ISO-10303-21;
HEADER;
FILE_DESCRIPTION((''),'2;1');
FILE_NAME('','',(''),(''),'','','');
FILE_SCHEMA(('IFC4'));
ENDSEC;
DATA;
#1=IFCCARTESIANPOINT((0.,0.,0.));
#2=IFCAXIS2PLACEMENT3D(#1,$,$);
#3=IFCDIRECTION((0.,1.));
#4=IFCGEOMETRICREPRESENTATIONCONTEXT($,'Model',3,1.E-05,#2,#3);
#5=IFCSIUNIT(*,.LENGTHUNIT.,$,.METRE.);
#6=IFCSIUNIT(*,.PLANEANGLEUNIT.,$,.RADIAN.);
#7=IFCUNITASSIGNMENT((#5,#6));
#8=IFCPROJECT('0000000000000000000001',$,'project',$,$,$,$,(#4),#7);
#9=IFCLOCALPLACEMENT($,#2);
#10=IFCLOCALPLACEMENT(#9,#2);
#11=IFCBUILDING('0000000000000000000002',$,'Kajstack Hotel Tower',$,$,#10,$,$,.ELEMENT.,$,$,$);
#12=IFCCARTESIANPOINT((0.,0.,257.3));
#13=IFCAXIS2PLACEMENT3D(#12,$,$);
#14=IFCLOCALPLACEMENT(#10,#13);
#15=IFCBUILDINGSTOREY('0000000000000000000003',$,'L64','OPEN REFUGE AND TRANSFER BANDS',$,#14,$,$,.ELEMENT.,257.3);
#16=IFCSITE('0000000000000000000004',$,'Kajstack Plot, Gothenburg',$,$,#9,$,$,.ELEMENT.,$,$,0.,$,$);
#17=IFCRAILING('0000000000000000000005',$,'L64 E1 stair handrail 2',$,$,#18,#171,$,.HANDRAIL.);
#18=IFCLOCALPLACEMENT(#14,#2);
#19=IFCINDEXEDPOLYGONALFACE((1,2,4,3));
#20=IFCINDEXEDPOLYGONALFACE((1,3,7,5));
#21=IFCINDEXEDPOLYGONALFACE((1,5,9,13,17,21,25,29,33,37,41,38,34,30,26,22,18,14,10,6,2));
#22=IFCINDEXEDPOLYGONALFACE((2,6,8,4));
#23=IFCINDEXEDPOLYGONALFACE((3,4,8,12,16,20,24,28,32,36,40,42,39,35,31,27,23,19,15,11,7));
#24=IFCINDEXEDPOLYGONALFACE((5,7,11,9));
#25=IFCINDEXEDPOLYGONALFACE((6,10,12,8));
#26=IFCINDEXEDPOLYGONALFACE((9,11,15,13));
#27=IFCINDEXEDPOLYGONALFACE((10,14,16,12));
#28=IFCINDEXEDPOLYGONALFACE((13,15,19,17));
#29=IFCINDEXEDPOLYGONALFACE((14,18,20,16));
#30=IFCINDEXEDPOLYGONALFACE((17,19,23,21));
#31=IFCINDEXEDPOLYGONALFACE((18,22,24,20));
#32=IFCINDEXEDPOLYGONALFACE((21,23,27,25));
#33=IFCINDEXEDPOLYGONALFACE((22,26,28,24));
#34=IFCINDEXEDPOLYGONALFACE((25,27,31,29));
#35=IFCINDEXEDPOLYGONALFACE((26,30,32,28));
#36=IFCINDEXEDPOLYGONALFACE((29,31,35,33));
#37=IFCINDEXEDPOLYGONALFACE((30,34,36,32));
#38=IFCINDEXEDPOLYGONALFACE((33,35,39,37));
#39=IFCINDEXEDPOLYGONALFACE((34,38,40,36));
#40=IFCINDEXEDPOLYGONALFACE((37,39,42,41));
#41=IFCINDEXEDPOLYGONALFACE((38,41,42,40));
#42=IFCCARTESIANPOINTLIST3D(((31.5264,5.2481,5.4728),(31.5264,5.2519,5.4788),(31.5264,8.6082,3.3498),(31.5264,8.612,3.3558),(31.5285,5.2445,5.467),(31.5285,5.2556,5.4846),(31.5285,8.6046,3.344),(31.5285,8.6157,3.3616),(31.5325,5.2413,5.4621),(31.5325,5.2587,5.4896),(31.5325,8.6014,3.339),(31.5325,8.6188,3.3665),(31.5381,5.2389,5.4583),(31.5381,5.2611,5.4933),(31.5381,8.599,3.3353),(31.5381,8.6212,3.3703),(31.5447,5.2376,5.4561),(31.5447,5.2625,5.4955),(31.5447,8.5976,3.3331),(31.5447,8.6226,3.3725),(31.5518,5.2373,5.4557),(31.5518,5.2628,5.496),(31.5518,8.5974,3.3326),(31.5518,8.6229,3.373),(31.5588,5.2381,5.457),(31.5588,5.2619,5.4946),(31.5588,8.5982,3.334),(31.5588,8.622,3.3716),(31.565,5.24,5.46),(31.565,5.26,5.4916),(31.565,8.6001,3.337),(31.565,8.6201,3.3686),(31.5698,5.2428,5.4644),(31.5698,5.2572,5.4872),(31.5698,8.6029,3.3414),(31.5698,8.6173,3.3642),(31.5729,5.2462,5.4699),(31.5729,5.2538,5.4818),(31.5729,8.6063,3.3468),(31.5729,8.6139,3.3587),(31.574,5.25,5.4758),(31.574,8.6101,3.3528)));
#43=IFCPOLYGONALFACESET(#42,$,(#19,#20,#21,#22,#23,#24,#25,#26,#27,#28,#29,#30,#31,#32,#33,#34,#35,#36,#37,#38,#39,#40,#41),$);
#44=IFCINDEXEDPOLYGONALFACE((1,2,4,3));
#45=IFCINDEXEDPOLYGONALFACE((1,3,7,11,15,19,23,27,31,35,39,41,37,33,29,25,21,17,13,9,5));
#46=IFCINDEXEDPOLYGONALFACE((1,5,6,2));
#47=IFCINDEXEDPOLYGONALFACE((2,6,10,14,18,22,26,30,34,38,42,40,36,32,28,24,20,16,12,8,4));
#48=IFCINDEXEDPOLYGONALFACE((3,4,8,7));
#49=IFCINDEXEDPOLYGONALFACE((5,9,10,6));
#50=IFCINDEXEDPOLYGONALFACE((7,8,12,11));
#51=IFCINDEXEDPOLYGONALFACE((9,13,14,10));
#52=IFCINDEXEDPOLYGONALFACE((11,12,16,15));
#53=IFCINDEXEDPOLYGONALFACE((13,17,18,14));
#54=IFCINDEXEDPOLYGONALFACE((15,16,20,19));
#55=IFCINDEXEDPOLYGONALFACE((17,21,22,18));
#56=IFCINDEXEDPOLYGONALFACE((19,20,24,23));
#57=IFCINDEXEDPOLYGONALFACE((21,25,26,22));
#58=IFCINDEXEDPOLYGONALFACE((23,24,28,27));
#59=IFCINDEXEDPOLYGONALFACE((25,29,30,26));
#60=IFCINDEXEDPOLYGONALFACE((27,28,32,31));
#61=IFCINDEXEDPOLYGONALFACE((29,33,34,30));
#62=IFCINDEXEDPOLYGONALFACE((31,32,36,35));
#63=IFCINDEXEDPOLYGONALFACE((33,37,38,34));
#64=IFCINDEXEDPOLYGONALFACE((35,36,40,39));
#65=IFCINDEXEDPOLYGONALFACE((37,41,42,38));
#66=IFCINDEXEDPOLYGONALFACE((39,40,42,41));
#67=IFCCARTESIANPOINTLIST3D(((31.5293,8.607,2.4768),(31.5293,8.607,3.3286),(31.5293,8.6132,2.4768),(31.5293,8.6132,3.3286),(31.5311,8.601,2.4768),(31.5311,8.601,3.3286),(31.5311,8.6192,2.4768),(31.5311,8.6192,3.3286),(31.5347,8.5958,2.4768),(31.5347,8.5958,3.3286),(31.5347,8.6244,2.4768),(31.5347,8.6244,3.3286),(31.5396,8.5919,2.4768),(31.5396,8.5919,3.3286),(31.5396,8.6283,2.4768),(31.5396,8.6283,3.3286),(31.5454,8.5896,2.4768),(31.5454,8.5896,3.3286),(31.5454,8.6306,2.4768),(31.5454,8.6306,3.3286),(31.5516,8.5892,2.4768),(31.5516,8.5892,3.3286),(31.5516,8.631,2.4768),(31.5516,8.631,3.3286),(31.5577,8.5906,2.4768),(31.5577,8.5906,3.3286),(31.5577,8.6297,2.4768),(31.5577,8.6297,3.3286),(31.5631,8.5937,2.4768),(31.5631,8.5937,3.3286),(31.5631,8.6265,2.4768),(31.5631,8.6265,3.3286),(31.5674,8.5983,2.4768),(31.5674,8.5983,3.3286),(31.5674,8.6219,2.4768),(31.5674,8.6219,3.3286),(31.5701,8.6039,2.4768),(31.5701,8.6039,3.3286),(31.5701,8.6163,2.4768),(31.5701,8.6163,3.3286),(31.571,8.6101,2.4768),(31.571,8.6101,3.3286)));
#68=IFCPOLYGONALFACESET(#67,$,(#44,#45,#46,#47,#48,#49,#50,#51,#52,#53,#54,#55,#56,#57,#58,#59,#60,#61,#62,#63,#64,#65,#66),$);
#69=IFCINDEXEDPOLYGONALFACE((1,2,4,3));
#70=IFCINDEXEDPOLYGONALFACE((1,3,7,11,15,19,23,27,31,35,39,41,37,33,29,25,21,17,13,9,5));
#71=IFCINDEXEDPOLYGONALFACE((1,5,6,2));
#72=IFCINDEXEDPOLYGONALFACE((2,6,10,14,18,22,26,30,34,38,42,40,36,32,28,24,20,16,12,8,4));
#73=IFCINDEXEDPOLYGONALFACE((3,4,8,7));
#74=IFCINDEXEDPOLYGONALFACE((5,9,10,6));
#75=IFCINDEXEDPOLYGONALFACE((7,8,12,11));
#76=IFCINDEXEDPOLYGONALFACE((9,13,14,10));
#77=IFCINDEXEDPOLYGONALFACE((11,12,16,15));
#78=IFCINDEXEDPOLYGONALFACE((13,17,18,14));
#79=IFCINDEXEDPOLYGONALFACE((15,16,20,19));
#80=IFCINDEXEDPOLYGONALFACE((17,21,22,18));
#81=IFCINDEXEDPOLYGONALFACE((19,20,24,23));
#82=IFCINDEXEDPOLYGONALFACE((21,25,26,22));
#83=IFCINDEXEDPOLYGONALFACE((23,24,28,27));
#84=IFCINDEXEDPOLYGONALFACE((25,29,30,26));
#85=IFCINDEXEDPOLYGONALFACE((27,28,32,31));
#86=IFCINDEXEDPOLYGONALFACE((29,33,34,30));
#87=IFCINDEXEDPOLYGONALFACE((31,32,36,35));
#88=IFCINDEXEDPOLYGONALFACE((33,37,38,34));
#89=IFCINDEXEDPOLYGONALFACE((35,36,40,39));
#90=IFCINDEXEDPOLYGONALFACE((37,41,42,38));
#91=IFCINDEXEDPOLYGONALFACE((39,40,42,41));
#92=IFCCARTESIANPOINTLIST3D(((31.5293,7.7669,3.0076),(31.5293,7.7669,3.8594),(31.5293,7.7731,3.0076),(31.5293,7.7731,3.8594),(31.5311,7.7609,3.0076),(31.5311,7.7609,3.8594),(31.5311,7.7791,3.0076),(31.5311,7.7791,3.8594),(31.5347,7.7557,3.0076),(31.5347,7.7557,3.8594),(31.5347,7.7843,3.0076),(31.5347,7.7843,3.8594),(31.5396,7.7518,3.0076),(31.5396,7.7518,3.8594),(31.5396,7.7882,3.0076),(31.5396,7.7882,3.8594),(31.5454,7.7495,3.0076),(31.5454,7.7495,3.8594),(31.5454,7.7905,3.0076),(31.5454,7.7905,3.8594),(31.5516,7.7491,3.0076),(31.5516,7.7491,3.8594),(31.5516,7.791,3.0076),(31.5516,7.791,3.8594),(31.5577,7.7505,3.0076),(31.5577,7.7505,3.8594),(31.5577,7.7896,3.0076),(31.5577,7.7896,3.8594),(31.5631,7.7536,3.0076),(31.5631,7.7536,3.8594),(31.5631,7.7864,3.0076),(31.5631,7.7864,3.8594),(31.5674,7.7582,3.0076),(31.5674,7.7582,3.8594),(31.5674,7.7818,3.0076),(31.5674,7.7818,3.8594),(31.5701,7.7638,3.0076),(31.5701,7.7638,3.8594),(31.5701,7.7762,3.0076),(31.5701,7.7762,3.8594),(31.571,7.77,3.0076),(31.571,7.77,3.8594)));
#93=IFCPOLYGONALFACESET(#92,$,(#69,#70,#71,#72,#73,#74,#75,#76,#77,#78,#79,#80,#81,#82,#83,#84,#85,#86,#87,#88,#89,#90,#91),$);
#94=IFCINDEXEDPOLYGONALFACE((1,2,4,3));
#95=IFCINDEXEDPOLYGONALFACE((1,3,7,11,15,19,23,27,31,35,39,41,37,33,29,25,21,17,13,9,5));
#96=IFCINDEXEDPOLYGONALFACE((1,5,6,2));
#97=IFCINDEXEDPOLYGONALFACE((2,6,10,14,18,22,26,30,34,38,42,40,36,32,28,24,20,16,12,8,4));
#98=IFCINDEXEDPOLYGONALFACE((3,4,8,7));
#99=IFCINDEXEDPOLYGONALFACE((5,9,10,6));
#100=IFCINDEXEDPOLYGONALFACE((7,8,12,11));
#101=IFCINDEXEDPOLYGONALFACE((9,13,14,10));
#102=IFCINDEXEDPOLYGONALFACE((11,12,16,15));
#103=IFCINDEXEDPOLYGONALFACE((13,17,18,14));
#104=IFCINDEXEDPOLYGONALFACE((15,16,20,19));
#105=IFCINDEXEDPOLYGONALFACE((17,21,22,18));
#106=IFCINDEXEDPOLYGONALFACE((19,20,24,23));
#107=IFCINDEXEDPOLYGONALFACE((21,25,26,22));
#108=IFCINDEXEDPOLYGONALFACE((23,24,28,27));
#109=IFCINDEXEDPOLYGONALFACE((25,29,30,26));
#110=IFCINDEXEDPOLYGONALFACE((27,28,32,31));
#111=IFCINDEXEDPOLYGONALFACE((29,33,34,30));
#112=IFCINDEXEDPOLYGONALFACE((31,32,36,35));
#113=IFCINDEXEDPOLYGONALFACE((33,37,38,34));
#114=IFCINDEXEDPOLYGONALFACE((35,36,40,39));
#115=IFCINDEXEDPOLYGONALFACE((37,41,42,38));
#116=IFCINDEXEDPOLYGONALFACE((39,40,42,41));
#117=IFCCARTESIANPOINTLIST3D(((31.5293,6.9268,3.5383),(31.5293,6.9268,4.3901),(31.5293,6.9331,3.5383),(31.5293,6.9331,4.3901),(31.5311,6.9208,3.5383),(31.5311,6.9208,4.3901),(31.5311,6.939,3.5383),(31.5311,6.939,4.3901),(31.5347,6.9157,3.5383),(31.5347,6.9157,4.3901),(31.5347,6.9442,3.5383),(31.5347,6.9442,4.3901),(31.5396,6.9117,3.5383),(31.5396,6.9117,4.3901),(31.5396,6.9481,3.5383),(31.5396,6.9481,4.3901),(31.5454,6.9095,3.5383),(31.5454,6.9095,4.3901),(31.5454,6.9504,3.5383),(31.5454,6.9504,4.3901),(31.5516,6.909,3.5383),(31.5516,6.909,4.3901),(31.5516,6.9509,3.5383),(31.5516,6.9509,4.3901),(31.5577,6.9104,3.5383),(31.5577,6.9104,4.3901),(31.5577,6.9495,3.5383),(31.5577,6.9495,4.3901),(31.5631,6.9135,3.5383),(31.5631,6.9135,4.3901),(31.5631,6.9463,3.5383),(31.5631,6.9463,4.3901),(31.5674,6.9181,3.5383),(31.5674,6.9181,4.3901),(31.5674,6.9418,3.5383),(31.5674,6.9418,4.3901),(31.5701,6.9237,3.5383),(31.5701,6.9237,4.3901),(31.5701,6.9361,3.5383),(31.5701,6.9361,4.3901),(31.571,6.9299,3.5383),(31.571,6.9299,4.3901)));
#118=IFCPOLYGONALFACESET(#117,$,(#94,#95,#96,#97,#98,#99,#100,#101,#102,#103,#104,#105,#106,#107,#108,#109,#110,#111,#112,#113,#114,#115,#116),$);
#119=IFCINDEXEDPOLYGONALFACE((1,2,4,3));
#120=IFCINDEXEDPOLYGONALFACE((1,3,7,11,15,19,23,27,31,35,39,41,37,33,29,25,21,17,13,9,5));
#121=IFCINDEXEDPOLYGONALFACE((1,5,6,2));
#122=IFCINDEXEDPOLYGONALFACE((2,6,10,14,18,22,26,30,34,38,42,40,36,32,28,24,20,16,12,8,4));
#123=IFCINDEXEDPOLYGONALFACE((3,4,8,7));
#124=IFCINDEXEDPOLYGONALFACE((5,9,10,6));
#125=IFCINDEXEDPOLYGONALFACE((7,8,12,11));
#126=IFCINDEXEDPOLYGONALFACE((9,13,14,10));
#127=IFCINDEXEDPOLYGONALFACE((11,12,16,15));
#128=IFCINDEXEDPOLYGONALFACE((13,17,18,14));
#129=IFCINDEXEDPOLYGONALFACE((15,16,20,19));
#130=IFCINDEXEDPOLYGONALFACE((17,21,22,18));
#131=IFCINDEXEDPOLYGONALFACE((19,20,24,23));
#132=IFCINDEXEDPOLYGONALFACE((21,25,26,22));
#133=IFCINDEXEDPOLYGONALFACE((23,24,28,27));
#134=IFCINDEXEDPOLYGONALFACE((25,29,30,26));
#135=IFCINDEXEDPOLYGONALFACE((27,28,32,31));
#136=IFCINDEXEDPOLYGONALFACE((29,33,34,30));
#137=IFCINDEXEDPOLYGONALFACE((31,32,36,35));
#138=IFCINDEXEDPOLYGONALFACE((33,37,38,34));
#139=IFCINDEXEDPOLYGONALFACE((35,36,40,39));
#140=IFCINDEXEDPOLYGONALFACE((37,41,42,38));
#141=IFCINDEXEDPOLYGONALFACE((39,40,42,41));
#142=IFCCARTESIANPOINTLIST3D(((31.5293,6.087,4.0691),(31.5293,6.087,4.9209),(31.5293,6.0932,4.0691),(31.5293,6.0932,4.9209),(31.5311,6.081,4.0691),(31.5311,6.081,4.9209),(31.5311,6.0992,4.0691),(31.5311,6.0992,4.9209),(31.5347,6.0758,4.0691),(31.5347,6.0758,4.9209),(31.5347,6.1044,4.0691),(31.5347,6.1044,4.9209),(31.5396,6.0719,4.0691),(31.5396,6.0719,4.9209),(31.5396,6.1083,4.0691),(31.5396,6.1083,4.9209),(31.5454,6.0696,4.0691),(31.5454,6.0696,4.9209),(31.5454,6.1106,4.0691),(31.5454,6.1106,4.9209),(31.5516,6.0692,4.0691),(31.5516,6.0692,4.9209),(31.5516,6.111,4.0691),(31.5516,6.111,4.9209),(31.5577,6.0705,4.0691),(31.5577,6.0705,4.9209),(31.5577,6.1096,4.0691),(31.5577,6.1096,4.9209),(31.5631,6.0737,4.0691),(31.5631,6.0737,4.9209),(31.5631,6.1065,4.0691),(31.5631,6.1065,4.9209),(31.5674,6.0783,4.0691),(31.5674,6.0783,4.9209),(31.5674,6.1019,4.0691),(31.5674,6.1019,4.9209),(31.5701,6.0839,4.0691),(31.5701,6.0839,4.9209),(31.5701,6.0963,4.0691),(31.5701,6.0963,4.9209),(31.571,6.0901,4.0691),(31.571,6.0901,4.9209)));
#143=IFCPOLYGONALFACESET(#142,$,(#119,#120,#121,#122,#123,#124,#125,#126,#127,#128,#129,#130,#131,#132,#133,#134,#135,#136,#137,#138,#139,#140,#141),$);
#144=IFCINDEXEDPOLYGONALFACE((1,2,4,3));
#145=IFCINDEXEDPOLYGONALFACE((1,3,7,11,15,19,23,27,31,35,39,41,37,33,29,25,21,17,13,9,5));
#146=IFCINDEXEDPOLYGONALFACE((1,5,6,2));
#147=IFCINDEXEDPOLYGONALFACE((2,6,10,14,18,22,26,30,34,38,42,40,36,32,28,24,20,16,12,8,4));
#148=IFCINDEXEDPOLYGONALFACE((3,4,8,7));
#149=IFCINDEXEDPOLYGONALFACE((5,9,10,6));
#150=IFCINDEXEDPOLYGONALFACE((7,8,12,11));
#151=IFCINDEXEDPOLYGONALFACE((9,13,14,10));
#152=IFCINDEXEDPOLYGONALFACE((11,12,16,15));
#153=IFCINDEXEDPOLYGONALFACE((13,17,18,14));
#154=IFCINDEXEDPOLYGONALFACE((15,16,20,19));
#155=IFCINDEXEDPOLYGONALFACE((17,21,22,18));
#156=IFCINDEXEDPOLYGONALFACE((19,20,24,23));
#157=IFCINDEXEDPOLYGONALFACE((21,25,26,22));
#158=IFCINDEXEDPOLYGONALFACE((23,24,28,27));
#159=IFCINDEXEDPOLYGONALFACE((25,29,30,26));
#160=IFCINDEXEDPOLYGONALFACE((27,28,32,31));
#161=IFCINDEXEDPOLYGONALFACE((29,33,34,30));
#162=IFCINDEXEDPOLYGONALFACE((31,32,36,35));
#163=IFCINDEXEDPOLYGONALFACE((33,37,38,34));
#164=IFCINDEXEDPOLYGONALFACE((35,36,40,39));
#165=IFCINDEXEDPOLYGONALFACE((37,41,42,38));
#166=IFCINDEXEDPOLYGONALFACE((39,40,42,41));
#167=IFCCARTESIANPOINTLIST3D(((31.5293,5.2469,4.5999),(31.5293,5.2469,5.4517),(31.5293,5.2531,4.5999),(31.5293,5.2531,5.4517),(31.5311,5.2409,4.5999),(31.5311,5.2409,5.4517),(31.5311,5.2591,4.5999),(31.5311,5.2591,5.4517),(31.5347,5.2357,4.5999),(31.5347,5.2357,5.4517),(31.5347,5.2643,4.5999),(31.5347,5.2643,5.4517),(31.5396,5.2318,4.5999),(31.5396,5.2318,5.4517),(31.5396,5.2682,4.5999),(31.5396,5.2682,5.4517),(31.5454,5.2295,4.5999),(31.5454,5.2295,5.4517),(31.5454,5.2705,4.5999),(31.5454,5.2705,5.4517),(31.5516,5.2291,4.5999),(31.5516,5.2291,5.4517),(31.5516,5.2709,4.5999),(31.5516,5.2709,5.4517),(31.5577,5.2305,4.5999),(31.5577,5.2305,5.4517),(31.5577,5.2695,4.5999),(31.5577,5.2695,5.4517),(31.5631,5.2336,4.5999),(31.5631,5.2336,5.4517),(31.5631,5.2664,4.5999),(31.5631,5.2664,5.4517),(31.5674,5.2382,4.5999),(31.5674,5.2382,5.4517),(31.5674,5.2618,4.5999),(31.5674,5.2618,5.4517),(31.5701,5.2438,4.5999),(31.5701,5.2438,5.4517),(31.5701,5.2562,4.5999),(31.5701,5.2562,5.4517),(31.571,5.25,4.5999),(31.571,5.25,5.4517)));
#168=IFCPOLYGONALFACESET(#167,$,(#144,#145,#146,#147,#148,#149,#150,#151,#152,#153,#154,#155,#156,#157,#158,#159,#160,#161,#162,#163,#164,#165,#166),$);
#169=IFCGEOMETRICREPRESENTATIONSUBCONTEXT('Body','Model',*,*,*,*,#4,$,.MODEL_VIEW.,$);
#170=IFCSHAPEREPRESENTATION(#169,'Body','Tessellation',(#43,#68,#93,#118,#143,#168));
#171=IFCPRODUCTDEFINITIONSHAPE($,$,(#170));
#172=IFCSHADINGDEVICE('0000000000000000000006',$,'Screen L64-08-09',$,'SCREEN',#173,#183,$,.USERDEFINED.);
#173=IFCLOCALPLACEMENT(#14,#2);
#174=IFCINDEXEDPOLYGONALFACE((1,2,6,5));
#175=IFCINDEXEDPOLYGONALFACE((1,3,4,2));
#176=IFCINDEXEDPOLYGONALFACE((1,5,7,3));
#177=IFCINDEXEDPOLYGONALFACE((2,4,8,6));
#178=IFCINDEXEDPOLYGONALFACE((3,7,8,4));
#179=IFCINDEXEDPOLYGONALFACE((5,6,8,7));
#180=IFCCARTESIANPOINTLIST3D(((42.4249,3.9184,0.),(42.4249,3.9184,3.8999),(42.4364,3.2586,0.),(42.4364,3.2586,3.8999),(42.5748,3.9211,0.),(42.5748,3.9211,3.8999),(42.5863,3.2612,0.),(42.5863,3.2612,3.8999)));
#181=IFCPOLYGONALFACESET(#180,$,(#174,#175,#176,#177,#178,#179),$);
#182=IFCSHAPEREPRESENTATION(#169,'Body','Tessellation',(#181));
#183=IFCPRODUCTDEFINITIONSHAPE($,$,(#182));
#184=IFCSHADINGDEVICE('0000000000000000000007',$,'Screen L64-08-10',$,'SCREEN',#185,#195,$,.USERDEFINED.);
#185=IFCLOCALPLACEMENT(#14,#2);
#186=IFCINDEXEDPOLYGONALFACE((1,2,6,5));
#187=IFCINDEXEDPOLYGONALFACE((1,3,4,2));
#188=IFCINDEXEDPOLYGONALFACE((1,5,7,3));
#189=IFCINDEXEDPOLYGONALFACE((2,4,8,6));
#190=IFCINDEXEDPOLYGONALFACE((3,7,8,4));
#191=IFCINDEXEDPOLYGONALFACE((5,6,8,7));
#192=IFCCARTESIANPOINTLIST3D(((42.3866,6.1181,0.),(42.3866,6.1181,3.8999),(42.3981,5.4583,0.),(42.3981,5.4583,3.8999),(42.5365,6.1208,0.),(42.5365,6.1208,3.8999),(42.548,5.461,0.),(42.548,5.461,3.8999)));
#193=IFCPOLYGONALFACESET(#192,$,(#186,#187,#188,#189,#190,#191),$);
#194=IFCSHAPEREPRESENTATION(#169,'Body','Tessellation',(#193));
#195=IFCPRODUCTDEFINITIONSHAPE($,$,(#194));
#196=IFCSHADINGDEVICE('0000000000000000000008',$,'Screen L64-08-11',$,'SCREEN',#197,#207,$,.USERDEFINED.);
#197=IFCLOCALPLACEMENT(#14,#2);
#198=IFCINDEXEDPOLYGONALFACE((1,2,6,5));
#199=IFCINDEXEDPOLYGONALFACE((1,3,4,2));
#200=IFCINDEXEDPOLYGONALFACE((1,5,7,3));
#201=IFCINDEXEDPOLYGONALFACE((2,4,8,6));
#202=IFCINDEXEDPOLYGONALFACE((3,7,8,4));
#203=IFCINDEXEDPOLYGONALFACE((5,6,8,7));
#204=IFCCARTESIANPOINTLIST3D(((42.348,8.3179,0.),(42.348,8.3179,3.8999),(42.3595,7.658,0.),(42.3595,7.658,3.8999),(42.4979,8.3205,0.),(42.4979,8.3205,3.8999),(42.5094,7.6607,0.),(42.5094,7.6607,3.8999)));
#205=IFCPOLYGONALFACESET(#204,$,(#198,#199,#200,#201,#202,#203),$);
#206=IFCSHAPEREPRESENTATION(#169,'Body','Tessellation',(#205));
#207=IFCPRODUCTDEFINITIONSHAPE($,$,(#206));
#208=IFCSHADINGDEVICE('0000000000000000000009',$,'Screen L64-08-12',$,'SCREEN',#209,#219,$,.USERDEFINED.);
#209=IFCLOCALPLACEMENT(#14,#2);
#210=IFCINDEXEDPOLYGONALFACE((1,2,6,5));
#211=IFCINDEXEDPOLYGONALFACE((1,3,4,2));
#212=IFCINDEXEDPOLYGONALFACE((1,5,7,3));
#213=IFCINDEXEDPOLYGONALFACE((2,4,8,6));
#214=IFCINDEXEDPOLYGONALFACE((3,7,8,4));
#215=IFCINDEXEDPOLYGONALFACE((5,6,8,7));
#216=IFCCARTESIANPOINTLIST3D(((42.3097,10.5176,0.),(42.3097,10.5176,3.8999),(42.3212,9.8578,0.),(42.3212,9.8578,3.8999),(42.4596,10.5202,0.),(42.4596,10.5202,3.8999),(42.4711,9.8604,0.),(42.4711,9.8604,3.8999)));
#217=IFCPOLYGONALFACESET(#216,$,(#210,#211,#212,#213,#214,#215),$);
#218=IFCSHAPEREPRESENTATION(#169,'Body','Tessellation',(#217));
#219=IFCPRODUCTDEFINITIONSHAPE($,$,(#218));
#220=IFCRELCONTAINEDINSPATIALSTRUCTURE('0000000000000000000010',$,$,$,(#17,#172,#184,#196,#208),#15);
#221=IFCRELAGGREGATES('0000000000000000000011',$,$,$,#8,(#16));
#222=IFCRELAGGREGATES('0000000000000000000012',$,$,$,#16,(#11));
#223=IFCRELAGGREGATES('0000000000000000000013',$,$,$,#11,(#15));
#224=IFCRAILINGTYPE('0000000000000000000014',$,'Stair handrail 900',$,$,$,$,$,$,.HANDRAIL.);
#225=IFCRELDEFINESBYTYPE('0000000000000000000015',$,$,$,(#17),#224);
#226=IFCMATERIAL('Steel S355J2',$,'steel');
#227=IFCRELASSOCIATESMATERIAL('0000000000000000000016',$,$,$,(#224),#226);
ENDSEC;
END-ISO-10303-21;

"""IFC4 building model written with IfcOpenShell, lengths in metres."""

from ifc_helpers import new_model, si_unit, direction, frame, origin, origin_2d, place, context, subcontext, project, spatial, rectangle, circle, extrude, material, type_object, element, save


model = new_model("IFC4")

# Units and contexts
model_context = context("Model", 3, precision=1e-05, world=origin(), true_north=direction((0.0, 1.0)))
body_context = subcontext(model_context, "Body", "Model", "MODEL_VIEW")
ifc_project = project(units=[si_unit("LENGTHUNIT", "METRE"), si_unit("PLANEANGLEUNIT", "RADIAN")], contexts=[model_context])

# Site, building, storey
site_placement = place(None, origin())
site = spatial("IfcSite", under=ifc_project, at=site_placement, Name="Kajstack Plot, Gothenburg", CompositionType="ELEMENT", RefElevation=0.0)
building_placement = place(site_placement, origin())
building = spatial("IfcBuilding", under=site, at=building_placement, Name="Kajstack Hotel Tower", CompositionType="ELEMENT")
storey_placement = place(building_placement, frame((0.0, 0.0, 257.3)))
storey = spatial("IfcBuildingStorey", under=building, at=storey_placement, Name="L64", Description="OPEN REFUGE AND TRANSFER BANDS", CompositionType="ELEMENT", Elevation=257.3)

# Railing
ifc_material_1 = material(Name="Steel S355J2", Category="steel")
railing_type_1 = type_object("IfcRailingType", Name="Stair handrail 900", PredefinedType="HANDRAIL", material=ifc_material_1)
railing_1_placement = place(storey_placement, frame((31.55, 8.6101, 2.4768)))
element("IfcRailing", 1, at=railing_1_placement, inside=storey, type_object=railing_type_1, Name="L64 E1 stair handrail 2", PredefinedType="HANDRAIL", context=body_context, shape_type="SweptSolid", body=[
    extrude(circle(Radius=0.0239, at=origin_2d()), frame((0.0, 0.0, 0.876), z_axis=(0.0, -0.84539, 0.53415), x_axis=(1.0, 0.0, 0.0)), (0.0, 0.0, 1.0), 3.9746),
    extrude(circle(Radius=0.021, at=origin_2d()), origin(), (0.0, 0.0, 1.0), 0.8518),
    extrude(circle(Radius=0.021, at=origin_2d()), frame((0.0, -0.8401, 0.5308)), (0.0, 0.0, 1.0), 0.8518),
    extrude(circle(Radius=0.021, at=origin_2d()), frame((0.0, -1.6802, 1.0615)), (0.0, 0.0, 1.0), 0.8518),
    extrude(circle(Radius=0.021, at=origin_2d()), frame((0.0, -2.52, 1.5923)), (0.0, 0.0, 1.0), 0.8518),
    extrude(circle(Radius=0.021, at=origin_2d()), frame((0.0, -3.3601, 2.123)), (0.0, 0.0, 1.0), 0.8518),
])

# Shading devices
for number, where, z_axis, x_axis, name in (
    (2, (42.5056, 3.5898, 0.0), (0.0, 0.0, 1.0), (-0.017455, 0.999848, 0.0), "Screen L64-08-09"),
    (3, (42.4673, 5.7896, 0.0), (0.0, 0.0, 1.0), (-0.017455, 0.999848, 0.0), "Screen L64-08-10"),
    (4, (42.4287, 7.9893, 0.0), (0.0, 0.0, 1.0), (-0.017455, 0.999848, 0.0), "Screen L64-08-11"),
    (5, (42.3904, 10.189, 0.0), (0.0, 0.0, 1.0), (-0.017455, 0.999848, 0.0), "Screen L64-08-12"),
):
    element("IfcShadingDevice", number, at=place(storey_placement, frame(where, z_axis=z_axis, x_axis=x_axis)), inside=storey, Name=name, ObjectType="SCREEN", PredefinedType="USERDEFINED", context=body_context, shape_type="SweptSolid", body=[
        extrude(rectangle(XDim=0.6599, YDim=0.1499, at=origin_2d()), origin(), (0.0, 0.0, 1.0), 3.8999),
    ])

save(model, "model.ifc")
